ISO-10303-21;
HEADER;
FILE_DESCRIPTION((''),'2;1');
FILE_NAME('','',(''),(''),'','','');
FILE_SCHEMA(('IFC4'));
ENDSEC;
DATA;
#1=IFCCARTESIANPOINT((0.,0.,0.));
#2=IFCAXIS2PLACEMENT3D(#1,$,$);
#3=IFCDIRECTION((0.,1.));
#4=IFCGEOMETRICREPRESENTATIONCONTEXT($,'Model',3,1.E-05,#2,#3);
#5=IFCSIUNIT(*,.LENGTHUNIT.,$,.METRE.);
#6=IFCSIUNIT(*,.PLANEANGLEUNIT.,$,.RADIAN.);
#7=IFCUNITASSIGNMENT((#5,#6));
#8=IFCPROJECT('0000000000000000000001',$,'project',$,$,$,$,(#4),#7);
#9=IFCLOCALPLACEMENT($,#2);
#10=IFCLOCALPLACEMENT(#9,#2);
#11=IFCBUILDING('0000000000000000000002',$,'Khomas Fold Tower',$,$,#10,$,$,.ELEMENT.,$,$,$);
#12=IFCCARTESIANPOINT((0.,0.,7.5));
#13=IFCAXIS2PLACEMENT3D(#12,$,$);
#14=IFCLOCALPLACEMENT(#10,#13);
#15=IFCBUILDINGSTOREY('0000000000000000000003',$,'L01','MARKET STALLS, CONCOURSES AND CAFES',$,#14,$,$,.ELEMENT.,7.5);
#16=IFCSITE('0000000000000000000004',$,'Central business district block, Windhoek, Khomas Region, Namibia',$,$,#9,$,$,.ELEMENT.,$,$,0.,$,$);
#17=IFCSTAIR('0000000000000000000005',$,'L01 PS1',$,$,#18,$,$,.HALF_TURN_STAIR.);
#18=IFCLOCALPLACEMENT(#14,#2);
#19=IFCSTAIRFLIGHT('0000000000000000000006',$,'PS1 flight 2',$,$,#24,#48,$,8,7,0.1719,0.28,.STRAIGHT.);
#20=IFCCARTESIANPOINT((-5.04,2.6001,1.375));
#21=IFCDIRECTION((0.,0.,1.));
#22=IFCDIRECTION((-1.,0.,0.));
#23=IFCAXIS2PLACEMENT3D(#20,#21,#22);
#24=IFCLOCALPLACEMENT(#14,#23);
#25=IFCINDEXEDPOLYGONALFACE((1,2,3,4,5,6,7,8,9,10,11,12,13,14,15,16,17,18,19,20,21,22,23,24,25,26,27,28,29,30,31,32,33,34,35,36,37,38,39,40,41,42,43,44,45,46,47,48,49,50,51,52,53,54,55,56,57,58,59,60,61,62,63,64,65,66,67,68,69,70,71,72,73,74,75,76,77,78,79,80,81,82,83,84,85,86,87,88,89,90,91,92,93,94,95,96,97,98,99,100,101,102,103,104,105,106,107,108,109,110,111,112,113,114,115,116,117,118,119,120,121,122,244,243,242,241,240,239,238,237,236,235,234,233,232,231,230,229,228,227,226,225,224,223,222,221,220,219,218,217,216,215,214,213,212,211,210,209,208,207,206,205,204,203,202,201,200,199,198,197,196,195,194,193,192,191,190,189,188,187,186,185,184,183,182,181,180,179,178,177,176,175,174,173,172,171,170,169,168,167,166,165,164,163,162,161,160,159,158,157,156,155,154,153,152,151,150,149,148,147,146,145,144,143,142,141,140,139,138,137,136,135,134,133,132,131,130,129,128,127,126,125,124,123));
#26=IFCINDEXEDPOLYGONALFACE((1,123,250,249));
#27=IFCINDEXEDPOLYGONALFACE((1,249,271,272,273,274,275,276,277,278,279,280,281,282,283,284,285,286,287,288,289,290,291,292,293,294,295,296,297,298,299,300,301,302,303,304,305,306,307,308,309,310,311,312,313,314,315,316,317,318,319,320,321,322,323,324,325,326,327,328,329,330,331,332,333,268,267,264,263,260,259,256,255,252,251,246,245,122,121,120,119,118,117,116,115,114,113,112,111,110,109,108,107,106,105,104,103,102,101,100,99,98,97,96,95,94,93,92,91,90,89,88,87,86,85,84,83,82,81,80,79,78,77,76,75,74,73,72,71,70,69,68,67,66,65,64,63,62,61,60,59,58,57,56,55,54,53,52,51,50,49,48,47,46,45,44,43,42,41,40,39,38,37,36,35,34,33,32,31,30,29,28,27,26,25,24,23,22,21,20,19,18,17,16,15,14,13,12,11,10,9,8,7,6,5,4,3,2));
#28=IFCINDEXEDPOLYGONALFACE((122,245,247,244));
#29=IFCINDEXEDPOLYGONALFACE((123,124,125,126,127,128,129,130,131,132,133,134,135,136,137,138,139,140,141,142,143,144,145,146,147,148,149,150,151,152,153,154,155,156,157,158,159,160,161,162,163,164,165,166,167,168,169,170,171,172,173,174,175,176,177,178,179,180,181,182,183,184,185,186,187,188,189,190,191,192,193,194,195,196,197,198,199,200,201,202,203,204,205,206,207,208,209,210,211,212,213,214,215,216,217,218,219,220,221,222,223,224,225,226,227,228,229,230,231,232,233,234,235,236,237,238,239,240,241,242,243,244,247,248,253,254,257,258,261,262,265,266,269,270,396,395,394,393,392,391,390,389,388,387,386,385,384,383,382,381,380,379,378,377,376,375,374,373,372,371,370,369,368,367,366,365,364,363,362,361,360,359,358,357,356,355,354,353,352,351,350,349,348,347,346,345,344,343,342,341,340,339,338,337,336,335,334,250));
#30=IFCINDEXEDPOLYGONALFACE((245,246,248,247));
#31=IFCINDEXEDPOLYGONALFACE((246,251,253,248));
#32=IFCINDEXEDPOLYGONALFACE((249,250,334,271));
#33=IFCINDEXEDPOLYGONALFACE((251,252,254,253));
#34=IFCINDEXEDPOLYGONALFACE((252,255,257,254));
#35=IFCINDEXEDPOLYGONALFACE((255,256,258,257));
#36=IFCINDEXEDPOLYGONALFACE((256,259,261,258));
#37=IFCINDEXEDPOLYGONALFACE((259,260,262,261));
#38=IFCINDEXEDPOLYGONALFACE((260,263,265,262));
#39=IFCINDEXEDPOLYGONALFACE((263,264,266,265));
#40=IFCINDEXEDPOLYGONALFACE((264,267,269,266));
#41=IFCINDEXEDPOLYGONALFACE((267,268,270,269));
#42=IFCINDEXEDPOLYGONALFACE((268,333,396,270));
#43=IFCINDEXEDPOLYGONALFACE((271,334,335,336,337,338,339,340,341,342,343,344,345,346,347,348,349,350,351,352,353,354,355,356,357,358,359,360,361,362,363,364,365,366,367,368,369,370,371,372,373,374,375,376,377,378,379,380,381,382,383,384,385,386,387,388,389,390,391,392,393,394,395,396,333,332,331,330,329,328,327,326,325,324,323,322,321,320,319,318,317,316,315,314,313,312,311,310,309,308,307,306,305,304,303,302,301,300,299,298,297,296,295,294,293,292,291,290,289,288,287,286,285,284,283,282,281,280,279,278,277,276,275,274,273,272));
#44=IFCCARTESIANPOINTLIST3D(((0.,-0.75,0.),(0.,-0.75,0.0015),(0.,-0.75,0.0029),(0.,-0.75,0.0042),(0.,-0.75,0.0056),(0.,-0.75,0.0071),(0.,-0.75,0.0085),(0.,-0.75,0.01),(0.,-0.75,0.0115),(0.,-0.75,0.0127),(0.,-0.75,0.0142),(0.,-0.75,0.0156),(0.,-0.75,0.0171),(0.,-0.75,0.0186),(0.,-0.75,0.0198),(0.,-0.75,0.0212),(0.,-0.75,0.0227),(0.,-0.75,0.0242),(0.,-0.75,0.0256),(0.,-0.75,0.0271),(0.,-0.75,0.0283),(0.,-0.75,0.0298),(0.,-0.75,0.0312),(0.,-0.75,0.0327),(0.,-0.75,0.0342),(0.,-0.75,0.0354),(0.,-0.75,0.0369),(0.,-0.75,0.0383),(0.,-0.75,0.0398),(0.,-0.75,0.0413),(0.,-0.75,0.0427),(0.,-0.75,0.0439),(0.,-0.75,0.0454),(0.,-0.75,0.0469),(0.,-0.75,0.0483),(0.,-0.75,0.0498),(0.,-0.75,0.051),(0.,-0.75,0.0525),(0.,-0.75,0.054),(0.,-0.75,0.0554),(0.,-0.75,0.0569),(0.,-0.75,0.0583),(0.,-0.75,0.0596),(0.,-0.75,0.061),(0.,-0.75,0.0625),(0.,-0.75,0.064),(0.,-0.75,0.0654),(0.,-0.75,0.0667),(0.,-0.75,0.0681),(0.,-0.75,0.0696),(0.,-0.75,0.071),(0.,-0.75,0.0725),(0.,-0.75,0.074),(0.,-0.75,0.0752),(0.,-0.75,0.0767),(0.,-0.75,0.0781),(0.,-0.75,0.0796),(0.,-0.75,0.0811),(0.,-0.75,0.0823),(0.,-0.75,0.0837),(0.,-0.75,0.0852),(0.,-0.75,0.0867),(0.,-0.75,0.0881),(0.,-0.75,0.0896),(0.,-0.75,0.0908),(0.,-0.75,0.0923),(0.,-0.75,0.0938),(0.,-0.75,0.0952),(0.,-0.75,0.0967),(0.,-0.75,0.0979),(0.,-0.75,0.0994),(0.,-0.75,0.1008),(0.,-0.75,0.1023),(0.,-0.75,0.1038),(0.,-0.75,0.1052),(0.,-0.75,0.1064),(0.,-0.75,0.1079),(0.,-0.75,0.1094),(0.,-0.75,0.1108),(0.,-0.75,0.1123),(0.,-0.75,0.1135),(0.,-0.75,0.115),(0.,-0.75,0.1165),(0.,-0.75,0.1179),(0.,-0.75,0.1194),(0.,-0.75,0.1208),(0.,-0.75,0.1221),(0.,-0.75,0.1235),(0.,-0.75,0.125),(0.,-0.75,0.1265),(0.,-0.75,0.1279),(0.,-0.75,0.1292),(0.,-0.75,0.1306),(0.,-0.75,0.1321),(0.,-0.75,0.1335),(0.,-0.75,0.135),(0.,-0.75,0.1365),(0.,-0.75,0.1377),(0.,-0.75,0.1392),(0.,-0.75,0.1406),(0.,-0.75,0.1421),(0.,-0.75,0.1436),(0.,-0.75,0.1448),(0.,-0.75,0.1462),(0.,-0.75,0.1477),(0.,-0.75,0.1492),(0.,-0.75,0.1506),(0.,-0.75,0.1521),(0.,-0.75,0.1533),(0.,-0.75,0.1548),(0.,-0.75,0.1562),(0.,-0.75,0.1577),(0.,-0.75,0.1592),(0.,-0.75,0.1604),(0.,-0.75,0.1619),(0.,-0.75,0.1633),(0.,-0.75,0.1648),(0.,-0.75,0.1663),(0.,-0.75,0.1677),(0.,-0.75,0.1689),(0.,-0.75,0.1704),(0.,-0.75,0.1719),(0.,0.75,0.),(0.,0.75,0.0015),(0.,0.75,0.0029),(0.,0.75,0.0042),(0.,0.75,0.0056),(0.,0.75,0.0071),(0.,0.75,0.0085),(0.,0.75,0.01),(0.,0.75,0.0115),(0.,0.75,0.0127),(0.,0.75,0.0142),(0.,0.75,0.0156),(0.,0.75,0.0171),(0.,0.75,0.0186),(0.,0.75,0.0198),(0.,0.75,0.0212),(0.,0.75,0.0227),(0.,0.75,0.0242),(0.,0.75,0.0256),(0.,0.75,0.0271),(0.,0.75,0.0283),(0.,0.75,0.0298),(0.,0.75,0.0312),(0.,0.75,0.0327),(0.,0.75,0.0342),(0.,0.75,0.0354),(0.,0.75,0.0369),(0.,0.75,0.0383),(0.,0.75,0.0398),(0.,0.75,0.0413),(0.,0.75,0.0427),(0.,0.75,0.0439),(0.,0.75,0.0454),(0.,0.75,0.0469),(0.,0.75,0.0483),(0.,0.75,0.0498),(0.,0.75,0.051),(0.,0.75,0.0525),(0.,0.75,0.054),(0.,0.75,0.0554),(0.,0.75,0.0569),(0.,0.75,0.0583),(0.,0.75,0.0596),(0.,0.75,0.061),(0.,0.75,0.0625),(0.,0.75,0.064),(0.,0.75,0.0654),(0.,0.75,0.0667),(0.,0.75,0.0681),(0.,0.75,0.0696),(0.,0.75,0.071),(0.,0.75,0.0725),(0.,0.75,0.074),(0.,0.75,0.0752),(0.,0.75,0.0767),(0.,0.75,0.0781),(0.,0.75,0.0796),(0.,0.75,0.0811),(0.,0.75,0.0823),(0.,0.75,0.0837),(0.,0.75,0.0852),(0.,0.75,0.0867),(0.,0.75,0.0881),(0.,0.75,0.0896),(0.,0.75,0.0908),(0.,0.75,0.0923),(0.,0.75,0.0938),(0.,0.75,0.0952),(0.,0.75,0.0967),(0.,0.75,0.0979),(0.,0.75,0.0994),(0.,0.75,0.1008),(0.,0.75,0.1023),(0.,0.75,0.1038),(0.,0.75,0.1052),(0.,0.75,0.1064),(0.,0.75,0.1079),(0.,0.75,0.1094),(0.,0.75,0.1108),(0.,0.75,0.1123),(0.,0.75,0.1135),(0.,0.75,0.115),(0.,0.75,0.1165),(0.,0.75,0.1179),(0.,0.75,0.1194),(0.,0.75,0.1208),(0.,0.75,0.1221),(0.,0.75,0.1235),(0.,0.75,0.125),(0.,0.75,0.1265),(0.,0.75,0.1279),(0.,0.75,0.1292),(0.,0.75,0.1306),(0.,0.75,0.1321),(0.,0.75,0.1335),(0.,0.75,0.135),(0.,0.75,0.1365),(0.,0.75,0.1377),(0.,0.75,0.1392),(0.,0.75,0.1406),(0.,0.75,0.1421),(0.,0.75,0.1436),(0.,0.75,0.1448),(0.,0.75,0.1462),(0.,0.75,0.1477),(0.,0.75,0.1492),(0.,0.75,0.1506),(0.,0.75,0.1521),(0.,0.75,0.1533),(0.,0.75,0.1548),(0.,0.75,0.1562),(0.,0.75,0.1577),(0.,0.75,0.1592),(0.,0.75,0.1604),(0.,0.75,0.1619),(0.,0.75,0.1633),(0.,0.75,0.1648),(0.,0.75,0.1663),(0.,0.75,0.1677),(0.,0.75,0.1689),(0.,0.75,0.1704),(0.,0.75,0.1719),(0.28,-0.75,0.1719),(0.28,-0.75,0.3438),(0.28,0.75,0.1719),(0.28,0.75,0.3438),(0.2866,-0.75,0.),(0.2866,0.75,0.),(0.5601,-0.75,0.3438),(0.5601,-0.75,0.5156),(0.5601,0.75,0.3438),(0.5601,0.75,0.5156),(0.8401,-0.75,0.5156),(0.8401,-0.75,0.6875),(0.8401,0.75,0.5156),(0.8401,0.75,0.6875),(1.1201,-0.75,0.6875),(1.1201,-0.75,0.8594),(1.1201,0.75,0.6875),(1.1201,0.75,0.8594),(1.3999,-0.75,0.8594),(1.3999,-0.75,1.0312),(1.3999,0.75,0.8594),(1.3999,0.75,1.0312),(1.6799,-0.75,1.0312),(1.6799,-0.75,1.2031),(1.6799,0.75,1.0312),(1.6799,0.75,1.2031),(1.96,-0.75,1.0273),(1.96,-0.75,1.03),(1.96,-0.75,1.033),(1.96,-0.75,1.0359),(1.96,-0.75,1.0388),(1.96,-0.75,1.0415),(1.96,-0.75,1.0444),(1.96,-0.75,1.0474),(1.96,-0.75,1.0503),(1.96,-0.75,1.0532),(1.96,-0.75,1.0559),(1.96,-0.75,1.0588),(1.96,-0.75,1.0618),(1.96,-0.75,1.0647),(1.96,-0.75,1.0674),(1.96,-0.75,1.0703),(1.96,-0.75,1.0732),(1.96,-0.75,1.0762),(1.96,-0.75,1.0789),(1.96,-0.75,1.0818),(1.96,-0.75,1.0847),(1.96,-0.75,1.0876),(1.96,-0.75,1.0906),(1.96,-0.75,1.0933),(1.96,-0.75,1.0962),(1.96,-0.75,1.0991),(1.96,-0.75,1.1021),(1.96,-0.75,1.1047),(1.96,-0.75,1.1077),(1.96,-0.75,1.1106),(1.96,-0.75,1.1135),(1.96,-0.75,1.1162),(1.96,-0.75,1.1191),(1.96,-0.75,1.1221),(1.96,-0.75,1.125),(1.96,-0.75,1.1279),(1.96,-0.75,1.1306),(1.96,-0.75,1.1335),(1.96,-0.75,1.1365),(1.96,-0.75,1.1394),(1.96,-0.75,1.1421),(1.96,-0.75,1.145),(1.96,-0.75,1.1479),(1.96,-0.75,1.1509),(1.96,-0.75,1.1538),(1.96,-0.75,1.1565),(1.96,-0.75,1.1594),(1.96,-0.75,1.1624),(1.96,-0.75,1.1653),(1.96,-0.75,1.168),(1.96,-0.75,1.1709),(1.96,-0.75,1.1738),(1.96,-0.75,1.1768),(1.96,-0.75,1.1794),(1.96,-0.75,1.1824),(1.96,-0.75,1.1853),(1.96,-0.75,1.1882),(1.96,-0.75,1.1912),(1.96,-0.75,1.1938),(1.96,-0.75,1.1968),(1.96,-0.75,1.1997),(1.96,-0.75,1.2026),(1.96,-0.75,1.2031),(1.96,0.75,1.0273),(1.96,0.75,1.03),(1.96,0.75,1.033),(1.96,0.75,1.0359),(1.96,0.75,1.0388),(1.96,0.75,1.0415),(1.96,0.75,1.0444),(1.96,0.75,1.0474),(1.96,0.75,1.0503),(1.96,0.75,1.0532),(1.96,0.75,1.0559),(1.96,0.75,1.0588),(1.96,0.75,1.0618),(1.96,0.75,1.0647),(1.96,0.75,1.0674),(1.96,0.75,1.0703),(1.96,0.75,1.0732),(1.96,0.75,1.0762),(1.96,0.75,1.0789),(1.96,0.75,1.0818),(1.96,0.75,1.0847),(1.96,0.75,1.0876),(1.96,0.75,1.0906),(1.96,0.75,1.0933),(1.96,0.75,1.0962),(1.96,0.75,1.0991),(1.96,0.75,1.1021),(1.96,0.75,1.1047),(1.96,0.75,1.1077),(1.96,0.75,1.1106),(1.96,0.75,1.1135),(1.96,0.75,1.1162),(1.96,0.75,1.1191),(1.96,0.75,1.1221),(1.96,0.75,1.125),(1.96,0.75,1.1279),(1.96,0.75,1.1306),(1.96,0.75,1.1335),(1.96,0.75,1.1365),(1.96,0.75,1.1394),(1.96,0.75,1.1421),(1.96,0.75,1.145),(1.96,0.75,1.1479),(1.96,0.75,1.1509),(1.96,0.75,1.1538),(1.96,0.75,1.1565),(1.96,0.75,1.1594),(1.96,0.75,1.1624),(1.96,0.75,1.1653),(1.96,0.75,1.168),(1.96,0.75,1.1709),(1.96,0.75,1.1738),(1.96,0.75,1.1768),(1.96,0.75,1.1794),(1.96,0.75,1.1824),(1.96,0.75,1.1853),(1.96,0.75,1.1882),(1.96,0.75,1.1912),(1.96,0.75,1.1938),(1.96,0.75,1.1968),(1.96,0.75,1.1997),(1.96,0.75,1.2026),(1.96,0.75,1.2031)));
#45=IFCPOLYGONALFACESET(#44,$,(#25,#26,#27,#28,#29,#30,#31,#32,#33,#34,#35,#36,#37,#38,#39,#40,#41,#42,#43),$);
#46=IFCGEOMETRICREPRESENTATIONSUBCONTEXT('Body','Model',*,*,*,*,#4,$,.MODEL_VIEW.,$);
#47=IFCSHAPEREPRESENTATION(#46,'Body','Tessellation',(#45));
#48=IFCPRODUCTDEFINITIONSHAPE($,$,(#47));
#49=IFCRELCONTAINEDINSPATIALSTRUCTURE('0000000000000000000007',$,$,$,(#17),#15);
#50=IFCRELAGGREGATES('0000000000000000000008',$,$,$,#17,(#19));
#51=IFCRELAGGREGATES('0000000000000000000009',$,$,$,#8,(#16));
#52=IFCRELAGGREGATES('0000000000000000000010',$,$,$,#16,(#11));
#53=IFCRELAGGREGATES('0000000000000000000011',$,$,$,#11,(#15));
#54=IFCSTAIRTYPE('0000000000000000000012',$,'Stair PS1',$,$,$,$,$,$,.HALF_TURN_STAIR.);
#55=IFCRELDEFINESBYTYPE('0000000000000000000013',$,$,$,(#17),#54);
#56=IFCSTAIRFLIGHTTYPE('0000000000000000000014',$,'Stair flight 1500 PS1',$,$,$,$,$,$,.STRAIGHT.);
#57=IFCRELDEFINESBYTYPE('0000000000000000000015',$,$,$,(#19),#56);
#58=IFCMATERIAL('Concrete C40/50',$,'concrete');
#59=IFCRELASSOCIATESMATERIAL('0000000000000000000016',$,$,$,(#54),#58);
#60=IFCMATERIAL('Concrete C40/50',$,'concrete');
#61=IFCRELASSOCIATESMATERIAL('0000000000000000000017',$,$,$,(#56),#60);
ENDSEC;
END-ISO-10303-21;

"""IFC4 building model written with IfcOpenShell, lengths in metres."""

from ifc_helpers import new_model, si_unit, direction, frame, origin, place, context, subcontext, project, spatial, polyline, outline, extrude, source, transform, mapped, material, type_object, element, aggregate, save


model = new_model("IFC4")

# Units and contexts
model_context = context("Model", 3, precision=1e-05, world=origin(), true_north=direction((0.0, 1.0)))
body_context = subcontext(model_context, "Body", "Model", "MODEL_VIEW")
ifc_project = project(units=[si_unit("LENGTHUNIT", "METRE"), si_unit("PLANEANGLEUNIT", "RADIAN")], contexts=[model_context])

# Site, building, storey
site_placement = place(None, origin())
site = spatial("IfcSite", under=ifc_project, at=site_placement, Name="Central business district block, Windhoek, Khomas Region, Namibia", CompositionType="ELEMENT", RefElevation=0.0)
building_placement = place(site_placement, origin())
building = spatial("IfcBuilding", under=site, at=building_placement, Name="Khomas Fold Tower", CompositionType="ELEMENT")
storey_placement = place(building_placement, frame((0.0, 0.0, 7.5)))
storey = spatial("IfcBuildingStorey", under=building, at=storey_placement, Name="L01", Description="MARKET STALLS, CONCOURSES AND CAFES", CompositionType="ELEMENT", Elevation=7.5)

# Stair, stair flight
ifc_material_1 = material(Name="Concrete C40/50", Category="concrete")
stair_type = type_object("IfcStairType", Name="Stair PS1", PredefinedType="HALF_TURN_STAIR", material=ifc_material_1)
stair_placement = place(storey_placement, origin())
stair = element("IfcStair", 1, at=stair_placement, inside=storey, type_object=stair_type, Name="L01 PS1", PredefinedType="HALF_TURN_STAIR")
ifc_material_2 = material(Name="Concrete C40/50", Category="concrete")
stair_flight_type = type_object("IfcStairFlightType", Name="Stair flight 1500 PS1", PredefinedType="STRAIGHT", material=ifc_material_2)
shared_shape_1 = source(origin(), body_context, "Body", "SweptSolid", [
    extrude(outline(polyline([(0.0, 0.0), (0.0, 0.0015), (0.0, 0.0029), (0.0, 0.0042), (0.0, 0.0056), (0.0, 0.0071), (0.0, 0.0085), (0.0, 0.01), (0.0, 0.0115), (0.0, 0.0127), (0.0, 0.0142), (0.0, 0.0156), (0.0, 0.0171), (0.0, 0.0186), (0.0, 0.0198), (0.0, 0.0212), (0.0, 0.0227), (0.0, 0.0242), (0.0, 0.0256), (0.0, 0.0271), (0.0, 0.0283), (0.0, 0.0298), (0.0, 0.0312), (0.0, 0.0327), (0.0, 0.0342), (0.0, 0.0354), (0.0, 0.0369), (0.0, 0.0383), (0.0, 0.0398), (0.0, 0.0413), (0.0, 0.0427), (0.0, 0.0439), (0.0, 0.0454), (0.0, 0.0469), (0.0, 0.0483), (0.0, 0.0498), (0.0, 0.051), (0.0, 0.0525), (0.0, 0.054), (0.0, 0.0554), (0.0, 0.0569), (0.0, 0.0583), (0.0, 0.0596), (0.0, 0.061), (0.0, 0.0625), (0.0, 0.064), (0.0, 0.0654), (0.0, 0.0667), (0.0, 0.0681), (0.0, 0.0696), (0.0, 0.071), (0.0, 0.0725), (0.0, 0.074), (0.0, 0.0752), (0.0, 0.0767), (0.0, 0.0781), (0.0, 0.0796), (0.0, 0.0811), (0.0, 0.0823), (0.0, 0.0837), (0.0, 0.0852), (0.0, 0.0867), (0.0, 0.0881), (0.0, 0.0896), (0.0, 0.0908), (0.0, 0.0923), (0.0, 0.0938), (0.0, 0.0952), (0.0, 0.0967), (0.0, 0.0979), (0.0, 0.0994), (0.0, 0.1008), (0.0, 0.1023), (0.0, 0.1038), (0.0, 0.1052), (0.0, 0.1064), (0.0, 0.1079), (0.0, 0.1094), (0.0, 0.1108), (0.0, 0.1123), (0.0, 0.1135), (0.0, 0.115), (0.0, 0.1165), (0.0, 0.1179), (0.0, 0.1194), (0.0, 0.1208), (0.0, 0.1221), (0.0, 0.1235), (0.0, 0.125), (0.0, 0.1265), (0.0, 0.1279), (0.0, 0.1292), (0.0, 0.1306), (0.0, 0.1321), (0.0, 0.1335), (0.0, 0.135), (0.0, 0.1365), (0.0, 0.1377), (0.0, 0.1392), (0.0, 0.1406), (0.0, 0.1421), (0.0, 0.1436), (0.0, 0.1448), (0.0, 0.1462), (0.0, 0.1477), (0.0, 0.1492), (0.0, 0.1506), (0.0, 0.1521), (0.0, 0.1533), (0.0, 0.1548), (0.0, 0.1562), (0.0, 0.1577), (0.0, 0.1592), (0.0, 0.1604), (0.0, 0.1619), (0.0, 0.1633), (0.0, 0.1648), (0.0, 0.1663), (0.0, 0.1677), (0.0, 0.1689), (0.0, 0.1704), (0.0, 0.1719), (0.28, 0.1719), (0.28, 0.3438), (0.5601, 0.3438), (0.5601, 0.5156), (0.8401, 0.5156), (0.8401, 0.6875), (1.1201, 0.6875), (1.1201, 0.8594), (1.3999, 0.8594), (1.3999, 1.0312), (1.6799, 1.0312), (1.6799, 1.2031), (1.96, 1.2031), (1.96, 1.375), (1.96, 1.3721), (1.96, 1.3691), (1.96, 1.3665), (1.96, 1.3635), (1.96, 1.3606), (1.96, 1.3577), (1.96, 1.355), (1.96, 1.3521), (1.96, 1.3491), (1.96, 1.3462), (1.96, 1.3435), (1.96, 1.3406), (1.96, 1.3376), (1.96, 1.3347), (1.96, 1.3318), (1.96, 1.3291), (1.96, 1.3262), (1.96, 1.3232), (1.96, 1.3203), (1.96, 1.3176), (1.96, 1.3147), (1.96, 1.3118), (1.96, 1.3088), (1.96, 1.3059), (1.96, 1.3032), (1.96, 1.3003), (1.96, 1.2974), (1.96, 1.2944), (1.96, 1.2917), (1.96, 1.2888), (1.96, 1.2859), (1.96, 1.283), (1.96, 1.2803), (1.96, 1.2773), (1.96, 1.2744), (1.96, 1.2715), (1.96, 1.2686), (1.96, 1.2659), (1.96, 1.2629), (1.96, 1.26), (1.96, 1.2571), (1.96, 1.2544), (1.96, 1.2515), (1.96, 1.2485), (1.96, 1.2456), (1.96, 1.2427), (1.96, 1.24), (1.96, 1.2371), (1.96, 1.2341), (1.96, 1.2312), (1.96, 1.2285), (1.96, 1.2256), (1.96, 1.2227), (1.96, 1.2197), (1.96, 1.217), (1.96, 1.2141), (1.96, 1.2112), (1.96, 1.2083), (1.96, 1.2053), (1.96, 1.2026), (1.96, 1.1997), (1.96, 1.1968), (1.96, 1.1938), (1.96, 1.1912), (1.96, 1.1882), (1.96, 1.1853), (1.96, 1.1824), (1.96, 1.1794), (1.96, 1.1768), (1.96, 1.1738), (1.96, 1.1709), (1.96, 1.168), (1.96, 1.1653), (1.96, 1.1624), (1.96, 1.1594), (1.96, 1.1565), (1.96, 1.1538), (1.96, 1.1509), (1.96, 1.1479), (1.96, 1.145), (1.96, 1.1421), (1.96, 1.1394), (1.96, 1.1365), (1.96, 1.1335), (1.96, 1.1306), (1.96, 1.1279), (1.96, 1.125), (1.96, 1.1221), (1.96, 1.1191), (1.96, 1.1162), (1.96, 1.1135), (1.96, 1.1106), (1.96, 1.1077), (1.96, 1.1047), (1.96, 1.1021), (1.96, 1.0991), (1.96, 1.0962), (1.96, 1.0933), (1.96, 1.0906), (1.96, 1.0876), (1.96, 1.0847), (1.96, 1.0818), (1.96, 1.0789), (1.96, 1.0762), (1.96, 1.0732), (1.96, 1.0703), (1.96, 1.0674), (1.96, 1.0647), (1.96, 1.0618), (1.96, 1.0588), (1.96, 1.0559), (1.96, 1.0532), (1.96, 1.0503), (1.96, 1.0474), (1.96, 1.0444), (1.96, 1.0415), (1.96, 1.0388), (1.96, 1.0359), (1.96, 1.033), (1.96, 1.03), (1.96, 1.0273), (0.2866, 0.0), (0.0, 0.0)])), frame((0.0, 0.75, 0.0), z_axis=(0.0, -1.0, 0.0), x_axis=(1.0, 0.0, 0.0)), (0.0, 0.0, 1.0), 1.5),
])
stair_flight_1_placement = place(storey_placement, frame((-5.04, 2.6001, 1.375), z_axis=(0.0, 0.0, 1.0), x_axis=(-1.0, 0.0, 0.0)))
stair_flight_1 = element("IfcStairFlight", 2, at=stair_flight_1_placement, type_object=stair_flight_type, Name="PS1 flight 2", NumberOfRisers=8, NumberOfTreads=7, PredefinedType="STRAIGHT", RiserHeight=0.1719, TreadLength=0.28, context=body_context, shape_type="MappedRepresentation", body=[
    mapped(shared_shape_1, transform((0.0, 0.0, 0.0))),
])
aggregate(stair, [stair_flight_1])

save(model, "model.ifc")
